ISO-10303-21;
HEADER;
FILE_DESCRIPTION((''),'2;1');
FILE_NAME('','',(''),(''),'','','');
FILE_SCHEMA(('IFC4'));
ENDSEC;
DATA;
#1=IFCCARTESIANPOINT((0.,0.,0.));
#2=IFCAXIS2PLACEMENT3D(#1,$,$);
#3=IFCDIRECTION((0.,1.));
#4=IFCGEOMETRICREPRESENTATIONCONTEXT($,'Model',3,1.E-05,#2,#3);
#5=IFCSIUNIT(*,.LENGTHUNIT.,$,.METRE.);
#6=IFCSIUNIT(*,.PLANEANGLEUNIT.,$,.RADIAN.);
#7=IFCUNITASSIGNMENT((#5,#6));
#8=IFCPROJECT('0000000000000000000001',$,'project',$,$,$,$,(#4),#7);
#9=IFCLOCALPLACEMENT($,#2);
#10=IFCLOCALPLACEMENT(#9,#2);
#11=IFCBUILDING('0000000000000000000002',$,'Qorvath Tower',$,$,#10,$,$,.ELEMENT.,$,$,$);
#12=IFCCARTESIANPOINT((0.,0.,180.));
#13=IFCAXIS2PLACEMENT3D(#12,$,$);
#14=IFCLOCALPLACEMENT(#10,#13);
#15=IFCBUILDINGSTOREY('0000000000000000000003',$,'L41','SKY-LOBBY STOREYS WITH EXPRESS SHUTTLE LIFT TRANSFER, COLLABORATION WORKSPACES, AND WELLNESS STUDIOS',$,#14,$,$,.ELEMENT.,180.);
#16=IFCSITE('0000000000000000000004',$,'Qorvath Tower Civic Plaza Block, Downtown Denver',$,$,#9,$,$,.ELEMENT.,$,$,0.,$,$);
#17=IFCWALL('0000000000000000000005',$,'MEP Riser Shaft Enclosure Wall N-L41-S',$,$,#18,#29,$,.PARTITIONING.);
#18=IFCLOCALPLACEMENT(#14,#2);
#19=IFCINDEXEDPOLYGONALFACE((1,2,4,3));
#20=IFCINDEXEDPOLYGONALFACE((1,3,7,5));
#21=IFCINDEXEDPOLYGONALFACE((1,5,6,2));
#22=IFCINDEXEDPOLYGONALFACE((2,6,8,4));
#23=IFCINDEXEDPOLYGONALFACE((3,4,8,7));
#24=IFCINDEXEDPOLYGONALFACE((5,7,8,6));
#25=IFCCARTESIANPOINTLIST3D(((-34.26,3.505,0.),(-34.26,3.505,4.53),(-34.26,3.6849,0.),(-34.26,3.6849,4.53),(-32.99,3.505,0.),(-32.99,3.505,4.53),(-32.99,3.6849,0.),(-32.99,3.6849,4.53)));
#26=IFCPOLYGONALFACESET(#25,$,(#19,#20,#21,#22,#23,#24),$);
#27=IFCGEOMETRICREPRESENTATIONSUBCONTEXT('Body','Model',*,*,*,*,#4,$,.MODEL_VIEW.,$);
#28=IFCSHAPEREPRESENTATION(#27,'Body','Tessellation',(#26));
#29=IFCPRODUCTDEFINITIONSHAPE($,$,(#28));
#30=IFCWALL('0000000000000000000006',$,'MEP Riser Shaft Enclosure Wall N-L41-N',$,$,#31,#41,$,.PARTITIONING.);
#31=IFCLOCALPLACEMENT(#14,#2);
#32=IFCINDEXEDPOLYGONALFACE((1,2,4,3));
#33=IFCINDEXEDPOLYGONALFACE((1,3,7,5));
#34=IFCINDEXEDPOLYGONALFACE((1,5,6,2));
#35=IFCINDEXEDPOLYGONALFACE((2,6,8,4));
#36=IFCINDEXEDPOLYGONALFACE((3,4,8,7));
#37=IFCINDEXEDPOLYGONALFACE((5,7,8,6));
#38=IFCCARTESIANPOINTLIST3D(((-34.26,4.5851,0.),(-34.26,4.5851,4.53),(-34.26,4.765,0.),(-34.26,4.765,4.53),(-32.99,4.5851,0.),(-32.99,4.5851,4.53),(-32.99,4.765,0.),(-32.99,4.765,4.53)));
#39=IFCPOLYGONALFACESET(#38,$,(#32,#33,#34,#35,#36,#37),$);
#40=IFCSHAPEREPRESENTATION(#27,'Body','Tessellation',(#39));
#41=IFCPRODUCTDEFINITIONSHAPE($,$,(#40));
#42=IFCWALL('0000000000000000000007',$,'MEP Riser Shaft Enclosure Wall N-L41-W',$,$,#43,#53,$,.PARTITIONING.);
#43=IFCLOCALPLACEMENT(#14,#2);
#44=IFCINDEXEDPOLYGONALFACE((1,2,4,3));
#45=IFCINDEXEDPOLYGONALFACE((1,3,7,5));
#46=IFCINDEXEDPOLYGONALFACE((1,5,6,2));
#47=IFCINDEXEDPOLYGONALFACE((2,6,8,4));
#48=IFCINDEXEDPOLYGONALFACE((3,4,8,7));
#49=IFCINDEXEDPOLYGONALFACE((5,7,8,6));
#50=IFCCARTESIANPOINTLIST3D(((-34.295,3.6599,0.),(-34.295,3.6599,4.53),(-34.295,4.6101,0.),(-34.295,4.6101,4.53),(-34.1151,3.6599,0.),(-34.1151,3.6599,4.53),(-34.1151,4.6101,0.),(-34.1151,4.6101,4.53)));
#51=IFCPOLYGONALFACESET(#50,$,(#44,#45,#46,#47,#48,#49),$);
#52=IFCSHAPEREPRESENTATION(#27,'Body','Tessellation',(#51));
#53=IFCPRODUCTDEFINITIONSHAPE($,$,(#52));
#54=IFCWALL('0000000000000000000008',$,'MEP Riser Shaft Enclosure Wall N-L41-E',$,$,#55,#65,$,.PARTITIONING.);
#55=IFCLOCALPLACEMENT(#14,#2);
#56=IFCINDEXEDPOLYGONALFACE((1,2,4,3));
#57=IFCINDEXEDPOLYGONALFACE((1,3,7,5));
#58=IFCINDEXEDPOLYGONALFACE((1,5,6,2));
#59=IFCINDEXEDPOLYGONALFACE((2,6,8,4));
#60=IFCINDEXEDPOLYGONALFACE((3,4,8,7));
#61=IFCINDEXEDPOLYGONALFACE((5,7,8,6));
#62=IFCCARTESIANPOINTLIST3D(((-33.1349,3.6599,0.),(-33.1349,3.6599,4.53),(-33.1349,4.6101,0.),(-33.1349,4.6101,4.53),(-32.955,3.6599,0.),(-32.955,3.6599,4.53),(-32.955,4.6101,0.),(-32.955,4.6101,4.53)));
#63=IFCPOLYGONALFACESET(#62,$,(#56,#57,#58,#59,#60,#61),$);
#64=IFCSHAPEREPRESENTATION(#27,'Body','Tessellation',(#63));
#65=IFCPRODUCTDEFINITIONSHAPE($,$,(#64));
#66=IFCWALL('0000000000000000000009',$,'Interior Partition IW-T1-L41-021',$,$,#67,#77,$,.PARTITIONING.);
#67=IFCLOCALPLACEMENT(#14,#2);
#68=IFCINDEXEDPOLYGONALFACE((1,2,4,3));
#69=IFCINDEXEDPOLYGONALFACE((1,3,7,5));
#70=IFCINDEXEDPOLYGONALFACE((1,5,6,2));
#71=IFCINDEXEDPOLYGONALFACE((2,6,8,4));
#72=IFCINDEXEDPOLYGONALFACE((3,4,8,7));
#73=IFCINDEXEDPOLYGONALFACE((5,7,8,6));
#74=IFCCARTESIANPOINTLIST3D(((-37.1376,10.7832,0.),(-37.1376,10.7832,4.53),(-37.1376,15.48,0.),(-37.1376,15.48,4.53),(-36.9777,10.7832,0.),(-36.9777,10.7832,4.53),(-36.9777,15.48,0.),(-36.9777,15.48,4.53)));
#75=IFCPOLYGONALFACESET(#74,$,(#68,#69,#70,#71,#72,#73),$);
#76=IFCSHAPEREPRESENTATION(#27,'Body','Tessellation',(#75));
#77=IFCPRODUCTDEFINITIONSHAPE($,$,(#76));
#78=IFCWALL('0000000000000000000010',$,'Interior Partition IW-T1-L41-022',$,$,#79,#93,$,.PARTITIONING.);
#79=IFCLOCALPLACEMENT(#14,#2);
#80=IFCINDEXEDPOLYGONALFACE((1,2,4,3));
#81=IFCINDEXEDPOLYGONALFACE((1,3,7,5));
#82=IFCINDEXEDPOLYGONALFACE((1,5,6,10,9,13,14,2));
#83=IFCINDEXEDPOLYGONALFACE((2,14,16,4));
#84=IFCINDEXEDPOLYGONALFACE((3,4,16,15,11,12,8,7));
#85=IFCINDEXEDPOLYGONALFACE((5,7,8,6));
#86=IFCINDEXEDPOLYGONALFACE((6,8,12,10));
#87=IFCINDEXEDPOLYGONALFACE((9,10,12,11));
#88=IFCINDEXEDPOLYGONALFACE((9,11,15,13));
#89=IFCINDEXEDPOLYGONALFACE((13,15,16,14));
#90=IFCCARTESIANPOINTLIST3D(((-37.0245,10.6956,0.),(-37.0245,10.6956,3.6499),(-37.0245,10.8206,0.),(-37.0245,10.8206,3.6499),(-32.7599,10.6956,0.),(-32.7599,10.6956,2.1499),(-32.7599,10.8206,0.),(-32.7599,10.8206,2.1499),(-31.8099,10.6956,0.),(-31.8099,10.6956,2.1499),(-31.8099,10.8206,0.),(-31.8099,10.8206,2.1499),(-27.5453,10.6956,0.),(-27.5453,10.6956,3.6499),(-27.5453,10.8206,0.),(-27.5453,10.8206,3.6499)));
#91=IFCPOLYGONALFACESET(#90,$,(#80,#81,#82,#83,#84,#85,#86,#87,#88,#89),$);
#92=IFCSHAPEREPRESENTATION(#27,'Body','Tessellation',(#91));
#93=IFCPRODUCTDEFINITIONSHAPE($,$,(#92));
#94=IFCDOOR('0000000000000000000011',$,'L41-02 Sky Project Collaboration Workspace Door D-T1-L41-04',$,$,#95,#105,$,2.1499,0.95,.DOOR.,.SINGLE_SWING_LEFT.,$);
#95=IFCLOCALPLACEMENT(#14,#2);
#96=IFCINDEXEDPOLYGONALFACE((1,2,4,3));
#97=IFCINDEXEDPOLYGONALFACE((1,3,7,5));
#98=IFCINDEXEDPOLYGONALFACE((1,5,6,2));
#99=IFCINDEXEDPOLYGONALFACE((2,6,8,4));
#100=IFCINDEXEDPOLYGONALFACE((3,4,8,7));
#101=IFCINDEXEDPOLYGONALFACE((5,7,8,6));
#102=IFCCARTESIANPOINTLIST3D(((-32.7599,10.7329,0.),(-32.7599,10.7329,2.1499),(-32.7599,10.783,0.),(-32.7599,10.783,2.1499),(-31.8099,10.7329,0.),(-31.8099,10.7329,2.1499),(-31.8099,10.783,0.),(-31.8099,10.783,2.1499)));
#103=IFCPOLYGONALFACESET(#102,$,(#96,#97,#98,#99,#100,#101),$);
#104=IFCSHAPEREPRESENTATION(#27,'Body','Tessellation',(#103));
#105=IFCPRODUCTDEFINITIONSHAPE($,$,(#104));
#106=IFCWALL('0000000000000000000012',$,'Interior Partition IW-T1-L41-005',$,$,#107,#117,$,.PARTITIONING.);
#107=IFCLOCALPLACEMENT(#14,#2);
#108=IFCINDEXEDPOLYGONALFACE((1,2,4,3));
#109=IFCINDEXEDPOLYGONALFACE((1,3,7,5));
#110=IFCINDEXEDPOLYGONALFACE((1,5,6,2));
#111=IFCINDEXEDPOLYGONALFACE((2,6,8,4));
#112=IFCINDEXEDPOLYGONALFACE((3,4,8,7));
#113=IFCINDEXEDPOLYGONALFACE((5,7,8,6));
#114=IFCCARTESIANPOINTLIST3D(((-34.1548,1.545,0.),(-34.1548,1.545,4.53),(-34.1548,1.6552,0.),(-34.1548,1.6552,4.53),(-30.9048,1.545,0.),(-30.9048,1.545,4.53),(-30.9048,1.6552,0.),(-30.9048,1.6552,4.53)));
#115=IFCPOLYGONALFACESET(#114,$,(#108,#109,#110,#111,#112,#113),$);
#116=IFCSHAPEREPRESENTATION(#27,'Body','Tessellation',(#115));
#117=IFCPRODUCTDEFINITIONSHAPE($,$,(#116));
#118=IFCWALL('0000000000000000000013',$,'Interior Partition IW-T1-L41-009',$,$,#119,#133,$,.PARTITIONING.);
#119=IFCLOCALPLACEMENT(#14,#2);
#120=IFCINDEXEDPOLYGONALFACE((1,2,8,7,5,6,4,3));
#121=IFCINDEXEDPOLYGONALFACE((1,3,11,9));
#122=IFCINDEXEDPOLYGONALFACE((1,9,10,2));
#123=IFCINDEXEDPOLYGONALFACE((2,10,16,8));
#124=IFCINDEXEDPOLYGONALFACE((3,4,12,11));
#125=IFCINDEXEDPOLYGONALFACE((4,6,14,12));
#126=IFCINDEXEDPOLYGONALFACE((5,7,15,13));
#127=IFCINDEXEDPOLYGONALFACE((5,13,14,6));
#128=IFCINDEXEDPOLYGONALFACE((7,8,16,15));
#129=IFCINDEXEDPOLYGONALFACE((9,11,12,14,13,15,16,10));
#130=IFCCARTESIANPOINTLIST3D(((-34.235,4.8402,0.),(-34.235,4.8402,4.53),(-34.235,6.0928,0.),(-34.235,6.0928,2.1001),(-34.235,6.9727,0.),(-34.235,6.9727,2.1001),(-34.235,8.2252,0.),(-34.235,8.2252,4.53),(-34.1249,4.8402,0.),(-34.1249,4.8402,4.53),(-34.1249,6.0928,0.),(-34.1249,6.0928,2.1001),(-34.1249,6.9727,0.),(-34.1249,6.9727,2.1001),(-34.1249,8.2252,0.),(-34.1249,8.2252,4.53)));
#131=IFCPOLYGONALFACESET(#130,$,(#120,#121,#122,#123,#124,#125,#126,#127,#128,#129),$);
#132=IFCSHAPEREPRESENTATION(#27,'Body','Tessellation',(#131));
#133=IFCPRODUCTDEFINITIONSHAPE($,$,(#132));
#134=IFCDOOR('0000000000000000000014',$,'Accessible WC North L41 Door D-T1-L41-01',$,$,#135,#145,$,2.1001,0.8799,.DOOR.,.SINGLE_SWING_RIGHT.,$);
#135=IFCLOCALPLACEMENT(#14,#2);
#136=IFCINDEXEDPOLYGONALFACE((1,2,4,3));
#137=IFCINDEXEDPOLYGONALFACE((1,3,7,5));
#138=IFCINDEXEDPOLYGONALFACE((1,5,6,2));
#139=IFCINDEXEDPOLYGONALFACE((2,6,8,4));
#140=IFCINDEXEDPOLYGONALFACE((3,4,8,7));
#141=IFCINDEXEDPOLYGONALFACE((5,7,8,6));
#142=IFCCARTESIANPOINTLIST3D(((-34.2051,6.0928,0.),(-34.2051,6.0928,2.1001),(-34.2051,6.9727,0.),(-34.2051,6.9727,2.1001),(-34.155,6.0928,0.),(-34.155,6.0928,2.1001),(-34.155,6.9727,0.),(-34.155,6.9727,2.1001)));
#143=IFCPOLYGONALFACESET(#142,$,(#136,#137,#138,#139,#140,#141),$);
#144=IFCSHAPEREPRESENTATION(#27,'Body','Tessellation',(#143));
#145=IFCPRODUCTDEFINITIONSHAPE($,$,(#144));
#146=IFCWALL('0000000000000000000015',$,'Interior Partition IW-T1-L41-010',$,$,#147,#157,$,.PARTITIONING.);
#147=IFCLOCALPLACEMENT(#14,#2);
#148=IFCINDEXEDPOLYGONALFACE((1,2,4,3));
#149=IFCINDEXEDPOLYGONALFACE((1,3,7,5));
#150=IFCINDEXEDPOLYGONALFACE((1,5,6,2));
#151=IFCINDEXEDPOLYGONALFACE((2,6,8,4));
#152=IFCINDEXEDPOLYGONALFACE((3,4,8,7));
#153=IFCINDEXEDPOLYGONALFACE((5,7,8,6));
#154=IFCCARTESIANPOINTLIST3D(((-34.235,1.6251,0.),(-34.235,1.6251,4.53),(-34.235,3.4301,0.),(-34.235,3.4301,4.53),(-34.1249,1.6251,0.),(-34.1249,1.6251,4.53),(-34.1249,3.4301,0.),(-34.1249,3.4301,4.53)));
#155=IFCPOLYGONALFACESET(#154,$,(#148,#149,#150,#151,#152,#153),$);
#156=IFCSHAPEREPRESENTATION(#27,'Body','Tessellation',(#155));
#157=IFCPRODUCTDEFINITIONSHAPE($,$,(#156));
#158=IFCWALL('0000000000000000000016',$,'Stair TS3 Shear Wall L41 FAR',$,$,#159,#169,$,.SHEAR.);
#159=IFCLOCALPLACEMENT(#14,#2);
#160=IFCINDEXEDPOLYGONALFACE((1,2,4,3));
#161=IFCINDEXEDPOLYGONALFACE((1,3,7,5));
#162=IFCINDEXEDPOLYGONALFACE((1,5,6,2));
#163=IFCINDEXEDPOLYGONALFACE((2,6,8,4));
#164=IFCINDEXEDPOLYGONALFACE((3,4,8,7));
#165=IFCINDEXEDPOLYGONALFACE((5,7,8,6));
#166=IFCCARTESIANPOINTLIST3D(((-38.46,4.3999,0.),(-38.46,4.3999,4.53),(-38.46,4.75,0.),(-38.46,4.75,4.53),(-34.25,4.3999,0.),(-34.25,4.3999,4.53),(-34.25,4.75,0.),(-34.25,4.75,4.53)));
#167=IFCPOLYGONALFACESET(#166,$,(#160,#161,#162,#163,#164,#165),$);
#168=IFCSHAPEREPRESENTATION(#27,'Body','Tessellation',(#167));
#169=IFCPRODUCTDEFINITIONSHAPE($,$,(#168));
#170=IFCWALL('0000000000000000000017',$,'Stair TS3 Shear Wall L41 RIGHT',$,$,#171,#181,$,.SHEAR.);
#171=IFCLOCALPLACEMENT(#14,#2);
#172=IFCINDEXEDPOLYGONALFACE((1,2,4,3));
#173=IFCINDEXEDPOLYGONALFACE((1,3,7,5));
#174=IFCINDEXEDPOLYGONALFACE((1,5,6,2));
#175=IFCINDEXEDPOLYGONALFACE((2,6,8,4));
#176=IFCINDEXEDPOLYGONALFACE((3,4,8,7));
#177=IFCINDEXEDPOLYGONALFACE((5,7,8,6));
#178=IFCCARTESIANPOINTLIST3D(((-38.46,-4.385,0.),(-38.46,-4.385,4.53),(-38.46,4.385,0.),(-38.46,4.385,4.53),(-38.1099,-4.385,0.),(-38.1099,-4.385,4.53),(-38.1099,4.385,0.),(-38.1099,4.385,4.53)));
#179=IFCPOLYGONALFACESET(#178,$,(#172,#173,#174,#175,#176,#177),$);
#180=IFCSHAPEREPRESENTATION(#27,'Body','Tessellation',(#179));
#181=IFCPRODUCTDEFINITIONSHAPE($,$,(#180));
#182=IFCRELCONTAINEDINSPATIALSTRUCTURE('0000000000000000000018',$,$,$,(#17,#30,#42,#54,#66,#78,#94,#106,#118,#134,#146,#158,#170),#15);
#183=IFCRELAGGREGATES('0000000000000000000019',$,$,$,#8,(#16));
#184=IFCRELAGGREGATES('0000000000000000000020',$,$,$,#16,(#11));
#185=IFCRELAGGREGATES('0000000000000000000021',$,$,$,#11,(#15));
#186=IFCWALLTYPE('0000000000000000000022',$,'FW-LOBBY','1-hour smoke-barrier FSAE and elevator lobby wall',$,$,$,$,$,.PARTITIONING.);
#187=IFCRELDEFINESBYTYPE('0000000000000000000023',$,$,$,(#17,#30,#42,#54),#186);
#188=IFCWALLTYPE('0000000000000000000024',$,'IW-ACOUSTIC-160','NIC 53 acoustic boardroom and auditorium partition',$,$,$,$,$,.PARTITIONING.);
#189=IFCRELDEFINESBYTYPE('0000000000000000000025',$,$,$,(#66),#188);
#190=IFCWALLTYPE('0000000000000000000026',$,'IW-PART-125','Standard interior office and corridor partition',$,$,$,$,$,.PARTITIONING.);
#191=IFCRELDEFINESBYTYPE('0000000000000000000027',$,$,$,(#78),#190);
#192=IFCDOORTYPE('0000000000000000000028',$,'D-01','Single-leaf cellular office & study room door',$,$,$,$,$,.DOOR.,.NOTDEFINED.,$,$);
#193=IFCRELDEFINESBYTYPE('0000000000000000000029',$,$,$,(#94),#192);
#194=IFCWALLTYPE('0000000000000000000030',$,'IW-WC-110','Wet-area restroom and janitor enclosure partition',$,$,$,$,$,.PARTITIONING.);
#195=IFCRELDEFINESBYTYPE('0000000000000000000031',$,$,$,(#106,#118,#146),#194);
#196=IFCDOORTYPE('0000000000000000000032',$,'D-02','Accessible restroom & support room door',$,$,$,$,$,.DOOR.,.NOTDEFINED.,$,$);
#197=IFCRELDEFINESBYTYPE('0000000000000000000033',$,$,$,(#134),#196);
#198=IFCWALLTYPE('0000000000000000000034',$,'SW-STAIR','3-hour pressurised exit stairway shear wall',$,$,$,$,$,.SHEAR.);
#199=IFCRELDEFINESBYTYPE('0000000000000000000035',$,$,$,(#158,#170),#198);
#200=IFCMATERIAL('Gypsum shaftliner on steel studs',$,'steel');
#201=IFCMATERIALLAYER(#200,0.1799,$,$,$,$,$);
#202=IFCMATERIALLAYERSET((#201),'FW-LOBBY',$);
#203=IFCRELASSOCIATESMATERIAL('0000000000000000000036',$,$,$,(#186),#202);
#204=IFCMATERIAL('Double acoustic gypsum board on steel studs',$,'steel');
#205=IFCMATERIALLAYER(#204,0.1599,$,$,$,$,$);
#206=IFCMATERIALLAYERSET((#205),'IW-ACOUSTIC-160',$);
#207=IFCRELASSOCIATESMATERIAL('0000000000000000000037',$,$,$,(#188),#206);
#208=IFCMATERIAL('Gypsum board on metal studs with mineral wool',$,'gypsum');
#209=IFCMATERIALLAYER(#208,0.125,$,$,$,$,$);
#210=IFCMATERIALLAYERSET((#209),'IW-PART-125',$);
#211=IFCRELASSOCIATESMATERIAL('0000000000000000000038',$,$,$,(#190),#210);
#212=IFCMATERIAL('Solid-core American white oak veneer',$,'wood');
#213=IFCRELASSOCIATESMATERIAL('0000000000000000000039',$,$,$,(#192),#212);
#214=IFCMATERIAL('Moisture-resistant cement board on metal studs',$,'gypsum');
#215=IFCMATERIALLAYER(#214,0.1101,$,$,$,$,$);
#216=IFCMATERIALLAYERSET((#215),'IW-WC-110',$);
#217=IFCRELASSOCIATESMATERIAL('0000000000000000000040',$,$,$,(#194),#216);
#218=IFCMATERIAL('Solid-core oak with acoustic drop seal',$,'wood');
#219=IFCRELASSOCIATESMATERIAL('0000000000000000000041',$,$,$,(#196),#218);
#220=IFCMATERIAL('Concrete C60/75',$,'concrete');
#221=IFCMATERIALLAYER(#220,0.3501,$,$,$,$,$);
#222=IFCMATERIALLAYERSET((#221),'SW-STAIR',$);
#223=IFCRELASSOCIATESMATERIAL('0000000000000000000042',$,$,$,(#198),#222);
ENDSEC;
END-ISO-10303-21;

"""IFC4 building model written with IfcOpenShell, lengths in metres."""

from ifc_helpers import new_model, si_unit, direction, frame, frame_2d, origin, place, context, subcontext, project, spatial, rectangle, extrude, material, layer, layer_set, type_object, element, fill, save


model = new_model("IFC4")

# Units and contexts
model_context = context("Model", 3, precision=1e-05, world=origin(), true_north=direction((0.0, 1.0)))
body_context = subcontext(model_context, "Body", "Model", "MODEL_VIEW")
ifc_project = project(units=[si_unit("LENGTHUNIT", "METRE"), si_unit("PLANEANGLEUNIT", "RADIAN")], contexts=[model_context])

# Site, building, storey
site_placement = place(None, origin())
site = spatial("IfcSite", under=ifc_project, at=site_placement, Name="Qorvath Tower Civic Plaza Block, Downtown Denver", CompositionType="ELEMENT", RefElevation=0.0)
building_placement = place(site_placement, origin())
building = spatial("IfcBuilding", under=site, at=building_placement, Name="Qorvath Tower", CompositionType="ELEMENT")
storey_placement = place(building_placement, frame((0.0, 0.0, 180.0)))
storey = spatial("IfcBuildingStorey", under=building, at=storey_placement, Name="L41", Description="SKY-LOBBY STOREYS WITH EXPRESS SHUTTLE LIFT TRANSFER, COLLABORATION WORKSPACES, AND WELLNESS STUDIOS", CompositionType="ELEMENT", Elevation=180.0)

# Walls
ifc_material_1 = material(Name="Gypsum shaftliner on steel studs", Category="steel")
ifc_layer_1 = layer(ifc_material_1, 0.1799)
ifc_layer_set_1 = layer_set([ifc_layer_1], Name="FW-LOBBY")
wall_type_1 = type_object("IfcWallType", Name="FW-LOBBY", Description="1-hour smoke-barrier FSAE and elevator lobby wall", PredefinedType="PARTITIONING", material=ifc_layer_set_1)
for number, where, z_axis, x_axis, name in (
    (1, (-32.99, 3.595, 0.0), (0.0, 0.0, 1.0), (-1.0, 0.0, 0.0), "MEP Riser Shaft Enclosure Wall N-L41-S"),
    (2, (-34.26, 4.675, 0.0), (0.0, 0.0, 1.0), (1.0, 0.0, 0.0), "MEP Riser Shaft Enclosure Wall N-L41-N"),
):
    element("IfcWall", number, at=place(storey_placement, frame(where, z_axis=z_axis, x_axis=x_axis)), inside=storey, type_object=wall_type_1, Name=name, PredefinedType="PARTITIONING", context=body_context, shape_type="SweptSolid", body=[
        extrude(rectangle(XDim=1.27, YDim=0.1799, at=frame_2d((0.635, 0.0))), origin(), (0.0, 0.0, 1.0), 4.53),
    ])
for number, where, z_axis, x_axis, name in (
    (3, (-34.2051, 3.6599, 0.0), (0.0, 0.0, 1.0), (0.0, 1.0, 0.0), "MEP Riser Shaft Enclosure Wall N-L41-W"),
    (4, (-33.0449, 4.6101, 0.0), (0.0, 0.0, 1.0), (0.0, -1.0, 0.0), "MEP Riser Shaft Enclosure Wall N-L41-E"),
):
    element("IfcWall", number, at=place(storey_placement, frame(where, z_axis=z_axis, x_axis=x_axis)), inside=storey, type_object=wall_type_1, Name=name, PredefinedType="PARTITIONING", context=body_context, shape_type="SweptSolid", body=[
        extrude(rectangle(XDim=0.9502, YDim=0.1799, at=frame_2d((0.4751, 0.0))), origin(), (0.0, 0.0, 1.0), 4.53),
    ])

# Shared definitions
ifc_material_2 = material(Name="Double acoustic gypsum board on steel studs", Category="steel")
ifc_layer_2 = layer(ifc_material_2, 0.1599)
ifc_layer_set_2 = layer_set([ifc_layer_2], Name="IW-ACOUSTIC-160")
wall_type_2 = type_object("IfcWallType", Name="IW-ACOUSTIC-160", Description="NIC 53 acoustic boardroom and auditorium partition", PredefinedType="PARTITIONING", material=ifc_layer_set_2)

# Wall
wall_1_placement = place(storey_placement, frame((-37.0576, 10.7832, 0.0), z_axis=(0.0, 0.0, 1.0), x_axis=(0.0, 1.0, 0.0)))
element("IfcWall", 5, at=wall_1_placement, inside=storey, type_object=wall_type_2, Name="Interior Partition IW-T1-L41-021", PredefinedType="PARTITIONING", context=body_context, shape_type="SweptSolid", body=[
    extrude(rectangle(XDim=4.6968, YDim=0.1599, at=frame_2d((2.3484, 0.0))), origin(), (0.0, 0.0, 1.0), 4.53),
])

# Wall, opening, door
ifc_material_3 = material(Name="Gypsum board on metal studs with mineral wool", Category="gypsum")
ifc_layer_3 = layer(ifc_material_3, 0.125)
ifc_layer_set_3 = layer_set([ifc_layer_3], Name="IW-PART-125")
wall_type_3 = type_object("IfcWallType", Name="IW-PART-125", Description="Standard interior office and corridor partition", PredefinedType="PARTITIONING", material=ifc_layer_set_3)
wall_2_placement = place(storey_placement, frame((-37.0247, 10.7581, 0.0), z_axis=(0.0, 0.0, 1.0), x_axis=(1.0, 0.0, 0.0)))
wall_2 = element("IfcWall", 6, at=wall_2_placement, inside=storey, type_object=wall_type_3, Name="Interior Partition IW-T1-L41-022", PredefinedType="PARTITIONING", context=body_context, shape_type="SweptSolid", body=[
    extrude(rectangle(XDim=9.4792, YDim=0.125, at=frame_2d((4.7397, 0.0))), origin(), (0.0, 0.0, 1.0), 3.6499),
])
opening_1_placement = place(wall_2_placement, frame((4.2646, 0.0, 0.0)))
opening_1 = element("IfcOpeningElement", 7, at=opening_1_placement, cuts=wall_2, PredefinedType="OPENING", context=body_context, shape_type="SweptSolid", body=[
    extrude(rectangle(XDim=0.95, YDim=2.1499, at=frame_2d((0.4751, 1.075))), frame((0.0, 0.0725, 0.0), z_axis=(0.0, -1.0, 0.0), x_axis=(1.0, 0.0, 0.0)), (0.0, 0.0, 1.0), 0.145),
])
ifc_material_4 = material(Name="Solid-core American white oak veneer", Category="wood")
door_type_1 = type_object("IfcDoorType", Name="D-01", Description="Single-leaf cellular office & study room door", OperationType="NOTDEFINED", PredefinedType="DOOR", material=ifc_material_4)
door_1_placement = place(opening_1_placement, origin())
door_1 = element("IfcDoor", 8, at=door_1_placement, inside=storey, type_object=door_type_1, Name="L41-02 Sky Project Collaboration Workspace Door D-T1-L41-04", OperationType="SINGLE_SWING_LEFT", OverallHeight=2.1499, OverallWidth=0.95, PredefinedType="DOOR", context=body_context, shape_type="SweptSolid", body=[
    extrude(rectangle(XDim=0.95, YDim=2.1499, at=frame_2d((0.4751, 1.075))), frame((0.0, 0.0249, 0.0), z_axis=(0.0, -1.0, 0.0), x_axis=(1.0, 0.0, 0.0)), (0.0, 0.0, 1.0), 0.05),
])
fill(opening_1, door_1)

# Wall
ifc_material_5 = material(Name="Moisture-resistant cement board on metal studs", Category="gypsum")
ifc_layer_4 = layer(ifc_material_5, 0.1101)
ifc_layer_set_4 = layer_set([ifc_layer_4], Name="IW-WC-110")
wall_type_4 = type_object("IfcWallType", Name="IW-WC-110", Description="Wet-area restroom and janitor enclosure partition", PredefinedType="PARTITIONING", material=ifc_layer_set_4)
wall_3_placement = place(storey_placement, frame((-34.1548, 1.6001, 0.0), z_axis=(0.0, 0.0, 1.0), x_axis=(1.0, 0.0, 0.0)))
element("IfcWall", 9, at=wall_3_placement, inside=storey, type_object=wall_type_4, Name="Interior Partition IW-T1-L41-005", PredefinedType="PARTITIONING", context=body_context, shape_type="SweptSolid", body=[
    extrude(rectangle(XDim=3.25, YDim=0.1101, at=frame_2d((1.625, 0.0))), origin(), (0.0, 0.0, 1.0), 4.53),
])

# Wall, opening, door
wall_4_placement = place(storey_placement, frame((-34.1799, 8.2251, 0.0), z_axis=(0.0, 0.0, 1.0), x_axis=(0.0, -1.0, 0.0)))
wall_4 = element("IfcWall", 10, at=wall_4_placement, inside=storey, type_object=wall_type_4, Name="Interior Partition IW-T1-L41-009", PredefinedType="PARTITIONING", context=body_context, shape_type="SweptSolid", body=[
    extrude(rectangle(XDim=3.385, YDim=0.1101, at=frame_2d((1.6924, 0.0))), origin(), (0.0, 0.0, 1.0), 4.53),
])
opening_2_placement = place(wall_4_placement, frame((1.2524, 0.0, 0.0)))
opening_2 = element("IfcOpeningElement", 11, at=opening_2_placement, cuts=wall_4, PredefinedType="OPENING", context=body_context, shape_type="SweptSolid", body=[
    extrude(rectangle(XDim=0.8799, YDim=2.1001, at=frame_2d((0.4399, 1.05))), frame((0.0, 0.0649, 0.0), z_axis=(0.0, -1.0, 0.0), x_axis=(1.0, 0.0, 0.0)), (0.0, 0.0, 1.0), 0.1301),
])
ifc_material_6 = material(Name="Solid-core oak with acoustic drop seal", Category="wood")
door_type_2 = type_object("IfcDoorType", Name="D-02", Description="Accessible restroom & support room door", OperationType="NOTDEFINED", PredefinedType="DOOR", material=ifc_material_6)
door_2_placement = place(opening_2_placement, origin())
door_2 = element("IfcDoor", 12, at=door_2_placement, inside=storey, type_object=door_type_2, Name="Accessible WC North L41 Door D-T1-L41-01", OperationType="SINGLE_SWING_RIGHT", OverallHeight=2.1001, OverallWidth=0.8799, PredefinedType="DOOR", context=body_context, shape_type="SweptSolid", body=[
    extrude(rectangle(XDim=0.8799, YDim=2.1001, at=frame_2d((0.4399, 1.05))), frame((0.0, 0.0249, 0.0), z_axis=(0.0, -1.0, 0.0), x_axis=(1.0, 0.0, 0.0)), (0.0, 0.0, 1.0), 0.05),
])
fill(opening_2, door_2)

# Walls
wall_5_placement = place(storey_placement, frame((-34.1799, 3.4299, 0.0), z_axis=(0.0, 0.0, 1.0), x_axis=(0.0, -1.0, 0.0)))
element("IfcWall", 13, at=wall_5_placement, inside=storey, type_object=wall_type_4, Name="Interior Partition IW-T1-L41-010", PredefinedType="PARTITIONING", context=body_context, shape_type="SweptSolid", body=[
    extrude(rectangle(XDim=1.8049, YDim=0.1101, at=frame_2d((0.9023, 0.0))), origin(), (0.0, 0.0, 1.0), 4.53),
])
ifc_material_7 = material(Name="Concrete C60/75", Category="concrete")
ifc_layer_5 = layer(ifc_material_7, 0.3501)
ifc_layer_set_5 = layer_set([ifc_layer_5], Name="SW-STAIR")
wall_type_5 = type_object("IfcWallType", Name="SW-STAIR", Description="3-hour pressurised exit stairway shear wall", PredefinedType="SHEAR", material=ifc_layer_set_5)
wall_6_placement = place(storey_placement, frame((-34.25, 4.575, 0.0), z_axis=(0.0, 0.0, 1.0), x_axis=(-1.0, 0.0, 0.0)))
element("IfcWall", 14, at=wall_6_placement, inside=storey, type_object=wall_type_5, Name="Stair TS3 Shear Wall L41 FAR", PredefinedType="SHEAR", context=body_context, shape_type="SweptSolid", body=[
    extrude(rectangle(XDim=4.21, YDim=0.3501, at=frame_2d((2.105, 0.0))), origin(), (0.0, 0.0, 1.0), 4.53),
])
wall_7_placement = place(storey_placement, frame((-38.2849, 4.385, 0.0), z_axis=(0.0, 0.0, 1.0), x_axis=(0.0, -1.0, 0.0)))
element("IfcWall", 15, at=wall_7_placement, inside=storey, type_object=wall_type_5, Name="Stair TS3 Shear Wall L41 RIGHT", PredefinedType="SHEAR", context=body_context, shape_type="SweptSolid", body=[
    extrude(rectangle(XDim=8.77, YDim=0.3501, at=frame_2d((4.385, 0.0))), origin(), (0.0, 0.0, 1.0), 4.53),
])

save(model, "model.ifc")
